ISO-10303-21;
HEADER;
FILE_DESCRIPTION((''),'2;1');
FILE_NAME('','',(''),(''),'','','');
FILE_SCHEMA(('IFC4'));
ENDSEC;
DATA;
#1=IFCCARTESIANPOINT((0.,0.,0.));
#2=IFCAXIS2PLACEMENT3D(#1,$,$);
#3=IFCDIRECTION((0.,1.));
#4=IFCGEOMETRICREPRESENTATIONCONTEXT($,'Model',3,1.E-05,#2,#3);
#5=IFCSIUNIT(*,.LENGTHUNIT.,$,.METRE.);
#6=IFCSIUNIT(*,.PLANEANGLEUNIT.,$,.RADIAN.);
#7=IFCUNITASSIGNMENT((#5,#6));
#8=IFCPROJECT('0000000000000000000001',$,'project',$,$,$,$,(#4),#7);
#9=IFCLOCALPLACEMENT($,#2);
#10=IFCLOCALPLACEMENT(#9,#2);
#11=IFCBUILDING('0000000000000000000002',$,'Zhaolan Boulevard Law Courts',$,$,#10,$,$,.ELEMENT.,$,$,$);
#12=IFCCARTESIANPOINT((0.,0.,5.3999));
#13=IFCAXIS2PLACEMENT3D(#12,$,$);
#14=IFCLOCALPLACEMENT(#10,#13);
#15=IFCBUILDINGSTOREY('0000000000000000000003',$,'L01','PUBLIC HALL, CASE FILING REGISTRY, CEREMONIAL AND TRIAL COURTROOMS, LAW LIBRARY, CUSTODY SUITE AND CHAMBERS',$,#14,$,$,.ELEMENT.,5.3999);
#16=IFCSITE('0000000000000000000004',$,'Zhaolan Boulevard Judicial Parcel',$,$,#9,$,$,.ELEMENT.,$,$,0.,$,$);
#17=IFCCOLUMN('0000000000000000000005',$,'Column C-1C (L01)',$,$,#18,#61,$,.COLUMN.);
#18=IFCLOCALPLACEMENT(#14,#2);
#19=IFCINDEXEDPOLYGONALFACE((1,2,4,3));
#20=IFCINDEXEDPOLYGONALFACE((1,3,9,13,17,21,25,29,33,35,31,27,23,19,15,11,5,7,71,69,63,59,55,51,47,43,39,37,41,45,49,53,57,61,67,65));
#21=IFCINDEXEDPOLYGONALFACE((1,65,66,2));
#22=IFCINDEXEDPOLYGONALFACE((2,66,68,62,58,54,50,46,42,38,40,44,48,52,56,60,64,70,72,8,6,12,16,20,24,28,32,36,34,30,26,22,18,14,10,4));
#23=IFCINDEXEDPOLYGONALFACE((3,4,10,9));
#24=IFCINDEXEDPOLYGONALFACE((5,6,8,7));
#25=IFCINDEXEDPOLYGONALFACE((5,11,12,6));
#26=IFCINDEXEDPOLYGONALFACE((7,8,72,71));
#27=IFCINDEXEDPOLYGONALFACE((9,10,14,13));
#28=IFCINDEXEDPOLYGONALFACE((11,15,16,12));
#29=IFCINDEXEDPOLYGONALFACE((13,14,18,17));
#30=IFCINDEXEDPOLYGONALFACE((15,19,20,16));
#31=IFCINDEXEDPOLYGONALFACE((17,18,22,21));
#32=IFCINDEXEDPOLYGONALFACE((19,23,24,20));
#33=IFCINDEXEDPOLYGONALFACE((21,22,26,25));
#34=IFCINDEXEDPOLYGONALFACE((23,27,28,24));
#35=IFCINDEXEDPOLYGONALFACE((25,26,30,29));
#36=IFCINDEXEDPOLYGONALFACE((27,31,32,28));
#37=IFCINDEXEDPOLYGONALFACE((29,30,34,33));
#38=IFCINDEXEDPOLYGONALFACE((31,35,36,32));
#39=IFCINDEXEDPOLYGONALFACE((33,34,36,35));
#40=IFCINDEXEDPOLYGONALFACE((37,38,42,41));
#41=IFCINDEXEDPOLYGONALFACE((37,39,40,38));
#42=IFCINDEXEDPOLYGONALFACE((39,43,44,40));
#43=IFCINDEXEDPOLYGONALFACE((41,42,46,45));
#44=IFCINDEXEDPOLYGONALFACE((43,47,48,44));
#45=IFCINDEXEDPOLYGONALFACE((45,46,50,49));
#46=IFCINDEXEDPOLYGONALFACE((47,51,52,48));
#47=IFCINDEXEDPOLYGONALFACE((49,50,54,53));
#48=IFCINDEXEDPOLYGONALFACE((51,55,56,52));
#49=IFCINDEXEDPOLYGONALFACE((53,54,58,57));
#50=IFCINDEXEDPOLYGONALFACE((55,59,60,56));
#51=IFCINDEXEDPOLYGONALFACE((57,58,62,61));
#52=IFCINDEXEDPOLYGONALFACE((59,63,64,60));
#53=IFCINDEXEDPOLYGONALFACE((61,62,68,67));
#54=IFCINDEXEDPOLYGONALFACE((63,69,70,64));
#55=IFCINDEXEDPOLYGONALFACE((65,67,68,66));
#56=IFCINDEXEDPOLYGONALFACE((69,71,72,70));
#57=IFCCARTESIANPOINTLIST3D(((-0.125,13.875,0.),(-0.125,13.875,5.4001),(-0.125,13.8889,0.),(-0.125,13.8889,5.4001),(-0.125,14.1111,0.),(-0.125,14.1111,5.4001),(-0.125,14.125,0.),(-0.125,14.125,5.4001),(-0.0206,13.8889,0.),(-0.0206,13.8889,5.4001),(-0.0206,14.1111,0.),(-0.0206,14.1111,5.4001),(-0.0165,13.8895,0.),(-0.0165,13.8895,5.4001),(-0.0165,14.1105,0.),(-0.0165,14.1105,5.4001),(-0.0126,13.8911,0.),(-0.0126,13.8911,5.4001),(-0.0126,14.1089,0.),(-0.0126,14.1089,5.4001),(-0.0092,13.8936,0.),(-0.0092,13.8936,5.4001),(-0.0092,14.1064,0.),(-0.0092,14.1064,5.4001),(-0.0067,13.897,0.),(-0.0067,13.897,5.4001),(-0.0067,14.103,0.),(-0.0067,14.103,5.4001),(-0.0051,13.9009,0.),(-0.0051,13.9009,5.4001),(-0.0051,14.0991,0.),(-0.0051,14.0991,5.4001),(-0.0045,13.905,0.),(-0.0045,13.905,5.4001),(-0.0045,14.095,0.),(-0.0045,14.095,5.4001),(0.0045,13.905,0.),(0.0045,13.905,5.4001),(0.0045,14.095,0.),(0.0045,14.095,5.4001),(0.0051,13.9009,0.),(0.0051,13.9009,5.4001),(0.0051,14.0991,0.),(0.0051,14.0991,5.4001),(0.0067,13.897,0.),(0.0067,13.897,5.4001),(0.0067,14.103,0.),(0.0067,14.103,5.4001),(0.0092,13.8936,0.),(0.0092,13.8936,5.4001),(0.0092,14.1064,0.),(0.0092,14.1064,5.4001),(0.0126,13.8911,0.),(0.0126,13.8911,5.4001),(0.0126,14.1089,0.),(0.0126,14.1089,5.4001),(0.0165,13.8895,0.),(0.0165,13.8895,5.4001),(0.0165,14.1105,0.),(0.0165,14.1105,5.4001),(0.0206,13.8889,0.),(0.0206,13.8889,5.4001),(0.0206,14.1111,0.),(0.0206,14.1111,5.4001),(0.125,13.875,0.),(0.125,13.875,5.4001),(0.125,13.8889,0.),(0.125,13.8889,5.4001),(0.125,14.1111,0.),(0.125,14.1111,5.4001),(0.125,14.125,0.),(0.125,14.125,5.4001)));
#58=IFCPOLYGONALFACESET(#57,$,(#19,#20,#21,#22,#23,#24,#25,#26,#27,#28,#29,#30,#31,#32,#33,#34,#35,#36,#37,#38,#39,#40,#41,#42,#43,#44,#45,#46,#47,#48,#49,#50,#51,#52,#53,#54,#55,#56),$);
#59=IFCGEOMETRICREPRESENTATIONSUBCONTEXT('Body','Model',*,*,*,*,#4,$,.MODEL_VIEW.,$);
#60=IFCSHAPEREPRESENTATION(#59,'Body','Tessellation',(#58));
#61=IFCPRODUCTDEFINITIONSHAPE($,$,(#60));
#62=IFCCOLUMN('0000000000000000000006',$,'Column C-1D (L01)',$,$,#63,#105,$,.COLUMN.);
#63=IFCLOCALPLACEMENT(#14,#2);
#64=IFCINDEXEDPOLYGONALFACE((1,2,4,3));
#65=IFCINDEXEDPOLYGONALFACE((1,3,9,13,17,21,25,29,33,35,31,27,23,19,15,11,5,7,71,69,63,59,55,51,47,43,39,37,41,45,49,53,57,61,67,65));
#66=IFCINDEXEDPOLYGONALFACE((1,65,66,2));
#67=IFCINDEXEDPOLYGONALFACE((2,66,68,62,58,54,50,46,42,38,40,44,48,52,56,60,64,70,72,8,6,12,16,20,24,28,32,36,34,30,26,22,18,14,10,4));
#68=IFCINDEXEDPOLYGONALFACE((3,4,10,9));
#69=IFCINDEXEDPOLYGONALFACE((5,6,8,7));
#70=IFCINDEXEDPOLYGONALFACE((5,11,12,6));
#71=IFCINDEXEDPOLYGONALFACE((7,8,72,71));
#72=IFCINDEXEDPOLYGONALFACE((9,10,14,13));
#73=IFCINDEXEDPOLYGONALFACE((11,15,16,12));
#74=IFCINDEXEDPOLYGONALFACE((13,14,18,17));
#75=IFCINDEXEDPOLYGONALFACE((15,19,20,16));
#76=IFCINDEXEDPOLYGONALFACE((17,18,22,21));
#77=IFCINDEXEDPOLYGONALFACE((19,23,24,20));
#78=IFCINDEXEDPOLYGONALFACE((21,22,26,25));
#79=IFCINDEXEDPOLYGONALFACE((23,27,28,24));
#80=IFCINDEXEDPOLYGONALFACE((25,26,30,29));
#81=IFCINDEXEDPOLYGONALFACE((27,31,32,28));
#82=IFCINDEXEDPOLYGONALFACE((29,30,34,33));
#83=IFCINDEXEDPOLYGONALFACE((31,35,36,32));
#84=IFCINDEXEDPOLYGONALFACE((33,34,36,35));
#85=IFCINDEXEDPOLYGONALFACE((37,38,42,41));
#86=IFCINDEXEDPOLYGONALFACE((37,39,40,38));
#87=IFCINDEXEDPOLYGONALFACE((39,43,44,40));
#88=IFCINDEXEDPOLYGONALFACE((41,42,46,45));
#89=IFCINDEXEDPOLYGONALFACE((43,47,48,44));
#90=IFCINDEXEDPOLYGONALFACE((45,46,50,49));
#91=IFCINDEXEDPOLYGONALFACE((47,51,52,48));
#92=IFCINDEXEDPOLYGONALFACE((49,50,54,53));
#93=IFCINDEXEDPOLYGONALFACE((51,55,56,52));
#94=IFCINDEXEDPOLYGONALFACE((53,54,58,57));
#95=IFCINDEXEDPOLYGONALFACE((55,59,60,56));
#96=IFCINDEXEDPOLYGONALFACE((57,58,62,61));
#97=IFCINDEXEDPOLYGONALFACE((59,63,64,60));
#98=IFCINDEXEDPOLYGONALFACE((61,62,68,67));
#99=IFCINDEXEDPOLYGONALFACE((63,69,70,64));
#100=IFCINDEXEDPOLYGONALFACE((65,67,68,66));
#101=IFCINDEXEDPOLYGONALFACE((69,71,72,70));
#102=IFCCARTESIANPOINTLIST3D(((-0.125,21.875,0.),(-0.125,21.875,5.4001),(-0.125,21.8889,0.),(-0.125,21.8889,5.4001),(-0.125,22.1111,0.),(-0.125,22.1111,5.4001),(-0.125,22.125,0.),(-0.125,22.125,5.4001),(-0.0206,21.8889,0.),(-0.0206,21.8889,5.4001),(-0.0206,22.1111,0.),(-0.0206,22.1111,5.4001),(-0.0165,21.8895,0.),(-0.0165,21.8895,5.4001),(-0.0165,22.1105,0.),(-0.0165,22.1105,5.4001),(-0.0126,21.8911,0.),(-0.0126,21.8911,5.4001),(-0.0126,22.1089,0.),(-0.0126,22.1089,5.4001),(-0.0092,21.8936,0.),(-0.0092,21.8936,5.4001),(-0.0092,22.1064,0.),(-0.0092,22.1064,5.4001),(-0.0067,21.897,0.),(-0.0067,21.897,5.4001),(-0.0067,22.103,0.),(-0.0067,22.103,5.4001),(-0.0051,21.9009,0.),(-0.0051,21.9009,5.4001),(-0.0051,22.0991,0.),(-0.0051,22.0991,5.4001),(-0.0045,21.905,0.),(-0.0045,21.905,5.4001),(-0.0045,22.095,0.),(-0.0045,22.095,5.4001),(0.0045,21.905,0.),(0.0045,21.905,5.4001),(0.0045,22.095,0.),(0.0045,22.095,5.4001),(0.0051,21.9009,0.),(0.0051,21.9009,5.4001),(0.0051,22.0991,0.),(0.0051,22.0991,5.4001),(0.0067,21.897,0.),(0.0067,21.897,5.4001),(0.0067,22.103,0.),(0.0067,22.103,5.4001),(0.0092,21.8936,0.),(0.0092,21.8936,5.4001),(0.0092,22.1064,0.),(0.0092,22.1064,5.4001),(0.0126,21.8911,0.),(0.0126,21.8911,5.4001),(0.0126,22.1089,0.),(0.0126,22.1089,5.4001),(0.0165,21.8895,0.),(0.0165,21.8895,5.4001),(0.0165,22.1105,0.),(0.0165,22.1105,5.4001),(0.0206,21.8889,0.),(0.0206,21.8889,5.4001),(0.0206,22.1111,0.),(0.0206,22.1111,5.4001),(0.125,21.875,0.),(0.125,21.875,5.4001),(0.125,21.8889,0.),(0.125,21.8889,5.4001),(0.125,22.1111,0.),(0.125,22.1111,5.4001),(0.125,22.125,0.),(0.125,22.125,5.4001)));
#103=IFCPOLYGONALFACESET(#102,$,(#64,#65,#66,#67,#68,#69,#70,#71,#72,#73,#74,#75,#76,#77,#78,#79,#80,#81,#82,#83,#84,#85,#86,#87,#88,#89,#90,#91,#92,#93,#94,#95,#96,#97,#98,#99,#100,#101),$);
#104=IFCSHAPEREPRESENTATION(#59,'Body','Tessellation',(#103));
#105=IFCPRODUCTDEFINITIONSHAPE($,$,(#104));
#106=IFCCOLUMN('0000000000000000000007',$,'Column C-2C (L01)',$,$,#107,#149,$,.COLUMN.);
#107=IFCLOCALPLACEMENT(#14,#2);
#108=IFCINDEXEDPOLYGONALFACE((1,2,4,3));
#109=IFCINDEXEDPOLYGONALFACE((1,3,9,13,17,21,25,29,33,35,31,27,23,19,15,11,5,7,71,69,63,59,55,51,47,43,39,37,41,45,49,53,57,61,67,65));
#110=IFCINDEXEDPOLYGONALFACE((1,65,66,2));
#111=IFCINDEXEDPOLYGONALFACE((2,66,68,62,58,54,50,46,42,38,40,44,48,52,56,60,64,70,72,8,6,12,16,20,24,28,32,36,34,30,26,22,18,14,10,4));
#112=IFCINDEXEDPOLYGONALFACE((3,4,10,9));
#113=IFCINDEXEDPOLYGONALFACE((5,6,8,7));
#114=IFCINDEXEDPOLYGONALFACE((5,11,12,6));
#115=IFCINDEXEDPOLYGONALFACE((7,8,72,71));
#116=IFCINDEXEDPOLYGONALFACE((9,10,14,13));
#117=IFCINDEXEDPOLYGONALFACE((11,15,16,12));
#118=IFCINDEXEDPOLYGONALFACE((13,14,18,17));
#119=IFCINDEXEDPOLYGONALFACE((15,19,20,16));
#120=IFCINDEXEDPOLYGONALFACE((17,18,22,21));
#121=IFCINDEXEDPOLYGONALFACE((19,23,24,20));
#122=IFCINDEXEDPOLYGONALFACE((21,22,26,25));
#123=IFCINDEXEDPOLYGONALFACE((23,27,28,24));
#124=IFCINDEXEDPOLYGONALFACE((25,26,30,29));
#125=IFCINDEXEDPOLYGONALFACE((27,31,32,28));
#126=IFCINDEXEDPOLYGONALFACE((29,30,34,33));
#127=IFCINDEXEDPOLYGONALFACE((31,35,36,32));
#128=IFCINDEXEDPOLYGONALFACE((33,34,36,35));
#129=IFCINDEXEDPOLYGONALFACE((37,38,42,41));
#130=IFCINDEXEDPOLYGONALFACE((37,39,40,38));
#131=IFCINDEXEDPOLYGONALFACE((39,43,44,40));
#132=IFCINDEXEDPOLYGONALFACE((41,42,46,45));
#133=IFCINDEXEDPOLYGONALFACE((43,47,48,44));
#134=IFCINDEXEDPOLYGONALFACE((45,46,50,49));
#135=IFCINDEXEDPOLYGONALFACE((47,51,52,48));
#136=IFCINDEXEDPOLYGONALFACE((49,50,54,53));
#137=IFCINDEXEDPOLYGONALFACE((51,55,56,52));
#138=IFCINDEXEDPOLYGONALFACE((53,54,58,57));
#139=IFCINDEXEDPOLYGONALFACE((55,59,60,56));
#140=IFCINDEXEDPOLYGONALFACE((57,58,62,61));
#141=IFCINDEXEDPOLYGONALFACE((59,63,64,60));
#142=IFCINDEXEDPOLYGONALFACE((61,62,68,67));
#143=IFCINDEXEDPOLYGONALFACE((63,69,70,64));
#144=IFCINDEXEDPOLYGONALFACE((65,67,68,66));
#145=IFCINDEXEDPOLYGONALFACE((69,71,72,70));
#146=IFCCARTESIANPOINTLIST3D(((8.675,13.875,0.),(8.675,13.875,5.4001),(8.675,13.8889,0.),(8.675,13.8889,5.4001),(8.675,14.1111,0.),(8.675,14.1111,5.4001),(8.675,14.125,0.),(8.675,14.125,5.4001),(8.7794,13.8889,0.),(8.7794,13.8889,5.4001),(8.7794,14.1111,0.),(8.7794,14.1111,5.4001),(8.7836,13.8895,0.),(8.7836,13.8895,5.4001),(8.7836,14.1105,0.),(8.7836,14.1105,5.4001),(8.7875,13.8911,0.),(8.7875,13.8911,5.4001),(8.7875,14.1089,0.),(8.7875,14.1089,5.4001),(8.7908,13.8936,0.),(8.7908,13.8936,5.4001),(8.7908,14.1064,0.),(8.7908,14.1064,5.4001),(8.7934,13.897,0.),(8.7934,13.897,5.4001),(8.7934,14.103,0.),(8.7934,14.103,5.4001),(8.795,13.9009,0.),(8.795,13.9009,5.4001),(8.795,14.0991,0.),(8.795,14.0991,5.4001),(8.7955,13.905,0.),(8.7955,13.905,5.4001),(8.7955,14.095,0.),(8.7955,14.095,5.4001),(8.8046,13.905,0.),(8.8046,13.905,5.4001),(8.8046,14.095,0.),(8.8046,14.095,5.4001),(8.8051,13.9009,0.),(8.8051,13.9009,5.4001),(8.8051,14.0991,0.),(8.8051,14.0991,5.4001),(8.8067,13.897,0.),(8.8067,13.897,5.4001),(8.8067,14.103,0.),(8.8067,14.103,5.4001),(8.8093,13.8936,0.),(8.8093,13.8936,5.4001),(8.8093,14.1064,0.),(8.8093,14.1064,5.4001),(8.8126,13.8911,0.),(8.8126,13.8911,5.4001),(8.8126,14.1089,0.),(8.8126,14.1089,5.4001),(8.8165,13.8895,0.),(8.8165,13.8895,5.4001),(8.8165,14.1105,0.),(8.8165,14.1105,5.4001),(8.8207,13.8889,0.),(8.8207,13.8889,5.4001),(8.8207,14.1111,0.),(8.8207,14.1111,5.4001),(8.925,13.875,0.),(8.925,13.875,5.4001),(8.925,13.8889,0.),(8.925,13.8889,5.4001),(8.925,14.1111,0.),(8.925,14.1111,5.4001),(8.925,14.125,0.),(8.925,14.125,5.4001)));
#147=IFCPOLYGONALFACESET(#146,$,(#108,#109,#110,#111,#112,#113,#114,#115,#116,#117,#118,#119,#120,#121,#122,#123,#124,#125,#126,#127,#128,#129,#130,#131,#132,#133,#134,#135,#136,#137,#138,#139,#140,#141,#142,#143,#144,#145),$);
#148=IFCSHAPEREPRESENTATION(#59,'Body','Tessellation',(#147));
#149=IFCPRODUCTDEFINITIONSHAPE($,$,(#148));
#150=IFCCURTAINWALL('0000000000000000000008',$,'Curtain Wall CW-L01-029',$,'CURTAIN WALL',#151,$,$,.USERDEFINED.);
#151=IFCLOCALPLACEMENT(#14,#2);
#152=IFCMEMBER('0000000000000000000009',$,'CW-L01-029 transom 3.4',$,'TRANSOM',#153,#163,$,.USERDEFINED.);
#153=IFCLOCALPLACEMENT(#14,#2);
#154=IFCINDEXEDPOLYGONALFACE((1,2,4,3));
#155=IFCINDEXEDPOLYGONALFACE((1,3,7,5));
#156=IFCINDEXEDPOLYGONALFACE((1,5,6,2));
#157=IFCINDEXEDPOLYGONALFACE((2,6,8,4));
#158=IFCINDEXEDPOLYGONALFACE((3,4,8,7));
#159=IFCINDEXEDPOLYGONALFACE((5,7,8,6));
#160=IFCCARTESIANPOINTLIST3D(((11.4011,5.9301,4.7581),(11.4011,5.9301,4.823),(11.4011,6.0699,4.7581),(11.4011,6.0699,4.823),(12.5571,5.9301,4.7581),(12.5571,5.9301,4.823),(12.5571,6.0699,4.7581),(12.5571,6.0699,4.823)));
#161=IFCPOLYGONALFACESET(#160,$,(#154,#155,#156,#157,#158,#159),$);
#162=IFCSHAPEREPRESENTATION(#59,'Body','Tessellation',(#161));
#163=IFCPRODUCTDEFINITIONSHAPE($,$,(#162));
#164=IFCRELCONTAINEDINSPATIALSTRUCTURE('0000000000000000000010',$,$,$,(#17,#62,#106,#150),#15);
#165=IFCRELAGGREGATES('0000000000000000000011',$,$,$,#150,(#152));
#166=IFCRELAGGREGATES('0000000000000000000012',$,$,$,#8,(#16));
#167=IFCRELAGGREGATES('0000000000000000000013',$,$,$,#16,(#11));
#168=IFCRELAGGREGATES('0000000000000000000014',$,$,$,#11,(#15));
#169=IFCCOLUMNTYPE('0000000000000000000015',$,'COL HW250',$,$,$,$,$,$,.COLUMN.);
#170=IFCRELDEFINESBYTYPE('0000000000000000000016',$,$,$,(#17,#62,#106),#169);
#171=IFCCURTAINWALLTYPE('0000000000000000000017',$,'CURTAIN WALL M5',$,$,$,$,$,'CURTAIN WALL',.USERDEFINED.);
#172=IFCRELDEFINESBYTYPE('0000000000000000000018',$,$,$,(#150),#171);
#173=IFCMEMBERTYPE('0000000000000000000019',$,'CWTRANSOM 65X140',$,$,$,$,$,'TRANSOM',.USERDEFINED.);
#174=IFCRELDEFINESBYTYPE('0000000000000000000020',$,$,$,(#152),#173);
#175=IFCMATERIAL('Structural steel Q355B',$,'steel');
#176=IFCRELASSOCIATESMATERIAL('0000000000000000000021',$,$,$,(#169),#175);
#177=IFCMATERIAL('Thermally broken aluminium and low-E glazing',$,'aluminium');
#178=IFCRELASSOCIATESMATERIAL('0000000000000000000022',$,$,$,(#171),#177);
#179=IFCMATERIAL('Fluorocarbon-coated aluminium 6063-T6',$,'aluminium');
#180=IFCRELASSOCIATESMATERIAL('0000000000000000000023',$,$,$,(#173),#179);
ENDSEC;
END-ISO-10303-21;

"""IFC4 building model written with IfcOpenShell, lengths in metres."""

from ifc_helpers import new_model, si_unit, direction, frame, origin, origin_2d, place, context, subcontext, project, spatial, rectangle, i_section, extrude, material, material_profile, profile_set, type_object, element, aggregate, save


model = new_model("IFC4")

# Units and contexts
model_context = context("Model", 3, precision=1e-05, world=origin(), true_north=direction((0.0, 1.0)))
body_context = subcontext(model_context, "Body", "Model", "MODEL_VIEW")
ifc_project = project(units=[si_unit("LENGTHUNIT", "METRE"), si_unit("PLANEANGLEUNIT", "RADIAN")], contexts=[model_context])

# Site, building, storey
site_placement = place(None, origin())
site = spatial("IfcSite", under=ifc_project, at=site_placement, Name="Zhaolan Boulevard Judicial Parcel", CompositionType="ELEMENT", RefElevation=0.0)
building_placement = place(site_placement, origin())
building = spatial("IfcBuilding", under=site, at=building_placement, Name="Zhaolan Boulevard Law Courts", CompositionType="ELEMENT")
storey_placement = place(building_placement, frame((0.0, 0.0, 5.3999)))
storey = spatial("IfcBuildingStorey", under=building, at=storey_placement, Name="L01", Description="PUBLIC HALL, CASE FILING REGISTRY, CEREMONIAL AND TRIAL COURTROOMS, LAW LIBRARY, CUSTODY SUITE AND CHAMBERS", CompositionType="ELEMENT", Elevation=5.3999)

# Columns
ifc_material_1 = material(Name="Structural steel Q355B", Category="steel")
ifc_material_profile_1 = material_profile(ifc_material_1, i_section(OverallWidth=0.25, OverallDepth=0.25, WebThickness=0.009, FlangeThickness=0.0139, FilletRadius=0.0161, at=origin_2d()), Name="HW250x250")
ifc_profile_set_1 = profile_set([ifc_material_profile_1], Name="Structural steel Q355B")
column_type = type_object("IfcColumnType", Name="COL HW250", PredefinedType="COLUMN", material=ifc_profile_set_1)
for number, where, z_axis, x_axis, name in (
    (1, (0.0, 14.0, 0.0), (0.0, 0.0, 1.0), (1.0, 0.0, 0.0), "Column C-1C (L01)"),
    (2, (0.0, 22.0, 0.0), (0.0, 0.0, 1.0), (1.0, 0.0, 0.0), "Column C-1D (L01)"),
    (3, (8.8, 14.0, 0.0), (0.0, 0.0, 1.0), (1.0, 0.0, 0.0), "Column C-2C (L01)"),
):
    element("IfcColumn", number, at=place(storey_placement, frame(where, z_axis=z_axis, x_axis=x_axis)), inside=storey, type_object=column_type, Name=name, PredefinedType="COLUMN", context=body_context, shape_type="SweptSolid", body=[
        extrude(i_section(OverallWidth=0.25, OverallDepth=0.25, WebThickness=0.009, FlangeThickness=0.0139, FilletRadius=0.0161, at=origin_2d()), origin(), (0.0, 0.0, 1.0), 5.4001),
    ])

# Curtain wall, member
ifc_material_2 = material(Name="Thermally broken aluminium and low-E glazing", Category="aluminium")
curtain_wall_type = type_object("IfcCurtainWallType", Name="CURTAIN WALL M5", ElementType="CURTAIN WALL", PredefinedType="USERDEFINED", material=ifc_material_2)
curtain_wall_placement = place(storey_placement, origin())
curtain_wall = element("IfcCurtainWall", 4, at=curtain_wall_placement, inside=storey, type_object=curtain_wall_type, Name="Curtain Wall CW-L01-029", ObjectType="CURTAIN WALL", PredefinedType="USERDEFINED")
ifc_material_3 = material(Name="Fluorocarbon-coated aluminium 6063-T6", Category="aluminium")
ifc_material_profile_2 = material_profile(ifc_material_3, rectangle(XDim=0.1399, YDim=0.0649, at=origin_2d()), Name="AL65x140")
ifc_profile_set_2 = profile_set([ifc_material_profile_2], Name="Fluorocarbon-coated aluminium 6063-T6")
member_type = type_object("IfcMemberType", Name="CWTRANSOM 65X140", ElementType="TRANSOM", PredefinedType="USERDEFINED", material=ifc_profile_set_2)
member_placement = place(storey_placement, frame((11.4011, 6.0, 4.7905), z_axis=(1.0, 0.0, 0.0), x_axis=(0.0, 1.0, 0.0)))
member = element("IfcMember", 5, at=member_placement, type_object=member_type, Name="CW-L01-029 transom 3.4", ObjectType="TRANSOM", PredefinedType="USERDEFINED", context=body_context, shape_type="SweptSolid", body=[
    extrude(rectangle(XDim=0.1399, YDim=0.0649, at=origin_2d()), origin(), (0.0, 0.0, 1.0), 1.156),
])
aggregate(curtain_wall, [member])

save(model, "model.ifc")
